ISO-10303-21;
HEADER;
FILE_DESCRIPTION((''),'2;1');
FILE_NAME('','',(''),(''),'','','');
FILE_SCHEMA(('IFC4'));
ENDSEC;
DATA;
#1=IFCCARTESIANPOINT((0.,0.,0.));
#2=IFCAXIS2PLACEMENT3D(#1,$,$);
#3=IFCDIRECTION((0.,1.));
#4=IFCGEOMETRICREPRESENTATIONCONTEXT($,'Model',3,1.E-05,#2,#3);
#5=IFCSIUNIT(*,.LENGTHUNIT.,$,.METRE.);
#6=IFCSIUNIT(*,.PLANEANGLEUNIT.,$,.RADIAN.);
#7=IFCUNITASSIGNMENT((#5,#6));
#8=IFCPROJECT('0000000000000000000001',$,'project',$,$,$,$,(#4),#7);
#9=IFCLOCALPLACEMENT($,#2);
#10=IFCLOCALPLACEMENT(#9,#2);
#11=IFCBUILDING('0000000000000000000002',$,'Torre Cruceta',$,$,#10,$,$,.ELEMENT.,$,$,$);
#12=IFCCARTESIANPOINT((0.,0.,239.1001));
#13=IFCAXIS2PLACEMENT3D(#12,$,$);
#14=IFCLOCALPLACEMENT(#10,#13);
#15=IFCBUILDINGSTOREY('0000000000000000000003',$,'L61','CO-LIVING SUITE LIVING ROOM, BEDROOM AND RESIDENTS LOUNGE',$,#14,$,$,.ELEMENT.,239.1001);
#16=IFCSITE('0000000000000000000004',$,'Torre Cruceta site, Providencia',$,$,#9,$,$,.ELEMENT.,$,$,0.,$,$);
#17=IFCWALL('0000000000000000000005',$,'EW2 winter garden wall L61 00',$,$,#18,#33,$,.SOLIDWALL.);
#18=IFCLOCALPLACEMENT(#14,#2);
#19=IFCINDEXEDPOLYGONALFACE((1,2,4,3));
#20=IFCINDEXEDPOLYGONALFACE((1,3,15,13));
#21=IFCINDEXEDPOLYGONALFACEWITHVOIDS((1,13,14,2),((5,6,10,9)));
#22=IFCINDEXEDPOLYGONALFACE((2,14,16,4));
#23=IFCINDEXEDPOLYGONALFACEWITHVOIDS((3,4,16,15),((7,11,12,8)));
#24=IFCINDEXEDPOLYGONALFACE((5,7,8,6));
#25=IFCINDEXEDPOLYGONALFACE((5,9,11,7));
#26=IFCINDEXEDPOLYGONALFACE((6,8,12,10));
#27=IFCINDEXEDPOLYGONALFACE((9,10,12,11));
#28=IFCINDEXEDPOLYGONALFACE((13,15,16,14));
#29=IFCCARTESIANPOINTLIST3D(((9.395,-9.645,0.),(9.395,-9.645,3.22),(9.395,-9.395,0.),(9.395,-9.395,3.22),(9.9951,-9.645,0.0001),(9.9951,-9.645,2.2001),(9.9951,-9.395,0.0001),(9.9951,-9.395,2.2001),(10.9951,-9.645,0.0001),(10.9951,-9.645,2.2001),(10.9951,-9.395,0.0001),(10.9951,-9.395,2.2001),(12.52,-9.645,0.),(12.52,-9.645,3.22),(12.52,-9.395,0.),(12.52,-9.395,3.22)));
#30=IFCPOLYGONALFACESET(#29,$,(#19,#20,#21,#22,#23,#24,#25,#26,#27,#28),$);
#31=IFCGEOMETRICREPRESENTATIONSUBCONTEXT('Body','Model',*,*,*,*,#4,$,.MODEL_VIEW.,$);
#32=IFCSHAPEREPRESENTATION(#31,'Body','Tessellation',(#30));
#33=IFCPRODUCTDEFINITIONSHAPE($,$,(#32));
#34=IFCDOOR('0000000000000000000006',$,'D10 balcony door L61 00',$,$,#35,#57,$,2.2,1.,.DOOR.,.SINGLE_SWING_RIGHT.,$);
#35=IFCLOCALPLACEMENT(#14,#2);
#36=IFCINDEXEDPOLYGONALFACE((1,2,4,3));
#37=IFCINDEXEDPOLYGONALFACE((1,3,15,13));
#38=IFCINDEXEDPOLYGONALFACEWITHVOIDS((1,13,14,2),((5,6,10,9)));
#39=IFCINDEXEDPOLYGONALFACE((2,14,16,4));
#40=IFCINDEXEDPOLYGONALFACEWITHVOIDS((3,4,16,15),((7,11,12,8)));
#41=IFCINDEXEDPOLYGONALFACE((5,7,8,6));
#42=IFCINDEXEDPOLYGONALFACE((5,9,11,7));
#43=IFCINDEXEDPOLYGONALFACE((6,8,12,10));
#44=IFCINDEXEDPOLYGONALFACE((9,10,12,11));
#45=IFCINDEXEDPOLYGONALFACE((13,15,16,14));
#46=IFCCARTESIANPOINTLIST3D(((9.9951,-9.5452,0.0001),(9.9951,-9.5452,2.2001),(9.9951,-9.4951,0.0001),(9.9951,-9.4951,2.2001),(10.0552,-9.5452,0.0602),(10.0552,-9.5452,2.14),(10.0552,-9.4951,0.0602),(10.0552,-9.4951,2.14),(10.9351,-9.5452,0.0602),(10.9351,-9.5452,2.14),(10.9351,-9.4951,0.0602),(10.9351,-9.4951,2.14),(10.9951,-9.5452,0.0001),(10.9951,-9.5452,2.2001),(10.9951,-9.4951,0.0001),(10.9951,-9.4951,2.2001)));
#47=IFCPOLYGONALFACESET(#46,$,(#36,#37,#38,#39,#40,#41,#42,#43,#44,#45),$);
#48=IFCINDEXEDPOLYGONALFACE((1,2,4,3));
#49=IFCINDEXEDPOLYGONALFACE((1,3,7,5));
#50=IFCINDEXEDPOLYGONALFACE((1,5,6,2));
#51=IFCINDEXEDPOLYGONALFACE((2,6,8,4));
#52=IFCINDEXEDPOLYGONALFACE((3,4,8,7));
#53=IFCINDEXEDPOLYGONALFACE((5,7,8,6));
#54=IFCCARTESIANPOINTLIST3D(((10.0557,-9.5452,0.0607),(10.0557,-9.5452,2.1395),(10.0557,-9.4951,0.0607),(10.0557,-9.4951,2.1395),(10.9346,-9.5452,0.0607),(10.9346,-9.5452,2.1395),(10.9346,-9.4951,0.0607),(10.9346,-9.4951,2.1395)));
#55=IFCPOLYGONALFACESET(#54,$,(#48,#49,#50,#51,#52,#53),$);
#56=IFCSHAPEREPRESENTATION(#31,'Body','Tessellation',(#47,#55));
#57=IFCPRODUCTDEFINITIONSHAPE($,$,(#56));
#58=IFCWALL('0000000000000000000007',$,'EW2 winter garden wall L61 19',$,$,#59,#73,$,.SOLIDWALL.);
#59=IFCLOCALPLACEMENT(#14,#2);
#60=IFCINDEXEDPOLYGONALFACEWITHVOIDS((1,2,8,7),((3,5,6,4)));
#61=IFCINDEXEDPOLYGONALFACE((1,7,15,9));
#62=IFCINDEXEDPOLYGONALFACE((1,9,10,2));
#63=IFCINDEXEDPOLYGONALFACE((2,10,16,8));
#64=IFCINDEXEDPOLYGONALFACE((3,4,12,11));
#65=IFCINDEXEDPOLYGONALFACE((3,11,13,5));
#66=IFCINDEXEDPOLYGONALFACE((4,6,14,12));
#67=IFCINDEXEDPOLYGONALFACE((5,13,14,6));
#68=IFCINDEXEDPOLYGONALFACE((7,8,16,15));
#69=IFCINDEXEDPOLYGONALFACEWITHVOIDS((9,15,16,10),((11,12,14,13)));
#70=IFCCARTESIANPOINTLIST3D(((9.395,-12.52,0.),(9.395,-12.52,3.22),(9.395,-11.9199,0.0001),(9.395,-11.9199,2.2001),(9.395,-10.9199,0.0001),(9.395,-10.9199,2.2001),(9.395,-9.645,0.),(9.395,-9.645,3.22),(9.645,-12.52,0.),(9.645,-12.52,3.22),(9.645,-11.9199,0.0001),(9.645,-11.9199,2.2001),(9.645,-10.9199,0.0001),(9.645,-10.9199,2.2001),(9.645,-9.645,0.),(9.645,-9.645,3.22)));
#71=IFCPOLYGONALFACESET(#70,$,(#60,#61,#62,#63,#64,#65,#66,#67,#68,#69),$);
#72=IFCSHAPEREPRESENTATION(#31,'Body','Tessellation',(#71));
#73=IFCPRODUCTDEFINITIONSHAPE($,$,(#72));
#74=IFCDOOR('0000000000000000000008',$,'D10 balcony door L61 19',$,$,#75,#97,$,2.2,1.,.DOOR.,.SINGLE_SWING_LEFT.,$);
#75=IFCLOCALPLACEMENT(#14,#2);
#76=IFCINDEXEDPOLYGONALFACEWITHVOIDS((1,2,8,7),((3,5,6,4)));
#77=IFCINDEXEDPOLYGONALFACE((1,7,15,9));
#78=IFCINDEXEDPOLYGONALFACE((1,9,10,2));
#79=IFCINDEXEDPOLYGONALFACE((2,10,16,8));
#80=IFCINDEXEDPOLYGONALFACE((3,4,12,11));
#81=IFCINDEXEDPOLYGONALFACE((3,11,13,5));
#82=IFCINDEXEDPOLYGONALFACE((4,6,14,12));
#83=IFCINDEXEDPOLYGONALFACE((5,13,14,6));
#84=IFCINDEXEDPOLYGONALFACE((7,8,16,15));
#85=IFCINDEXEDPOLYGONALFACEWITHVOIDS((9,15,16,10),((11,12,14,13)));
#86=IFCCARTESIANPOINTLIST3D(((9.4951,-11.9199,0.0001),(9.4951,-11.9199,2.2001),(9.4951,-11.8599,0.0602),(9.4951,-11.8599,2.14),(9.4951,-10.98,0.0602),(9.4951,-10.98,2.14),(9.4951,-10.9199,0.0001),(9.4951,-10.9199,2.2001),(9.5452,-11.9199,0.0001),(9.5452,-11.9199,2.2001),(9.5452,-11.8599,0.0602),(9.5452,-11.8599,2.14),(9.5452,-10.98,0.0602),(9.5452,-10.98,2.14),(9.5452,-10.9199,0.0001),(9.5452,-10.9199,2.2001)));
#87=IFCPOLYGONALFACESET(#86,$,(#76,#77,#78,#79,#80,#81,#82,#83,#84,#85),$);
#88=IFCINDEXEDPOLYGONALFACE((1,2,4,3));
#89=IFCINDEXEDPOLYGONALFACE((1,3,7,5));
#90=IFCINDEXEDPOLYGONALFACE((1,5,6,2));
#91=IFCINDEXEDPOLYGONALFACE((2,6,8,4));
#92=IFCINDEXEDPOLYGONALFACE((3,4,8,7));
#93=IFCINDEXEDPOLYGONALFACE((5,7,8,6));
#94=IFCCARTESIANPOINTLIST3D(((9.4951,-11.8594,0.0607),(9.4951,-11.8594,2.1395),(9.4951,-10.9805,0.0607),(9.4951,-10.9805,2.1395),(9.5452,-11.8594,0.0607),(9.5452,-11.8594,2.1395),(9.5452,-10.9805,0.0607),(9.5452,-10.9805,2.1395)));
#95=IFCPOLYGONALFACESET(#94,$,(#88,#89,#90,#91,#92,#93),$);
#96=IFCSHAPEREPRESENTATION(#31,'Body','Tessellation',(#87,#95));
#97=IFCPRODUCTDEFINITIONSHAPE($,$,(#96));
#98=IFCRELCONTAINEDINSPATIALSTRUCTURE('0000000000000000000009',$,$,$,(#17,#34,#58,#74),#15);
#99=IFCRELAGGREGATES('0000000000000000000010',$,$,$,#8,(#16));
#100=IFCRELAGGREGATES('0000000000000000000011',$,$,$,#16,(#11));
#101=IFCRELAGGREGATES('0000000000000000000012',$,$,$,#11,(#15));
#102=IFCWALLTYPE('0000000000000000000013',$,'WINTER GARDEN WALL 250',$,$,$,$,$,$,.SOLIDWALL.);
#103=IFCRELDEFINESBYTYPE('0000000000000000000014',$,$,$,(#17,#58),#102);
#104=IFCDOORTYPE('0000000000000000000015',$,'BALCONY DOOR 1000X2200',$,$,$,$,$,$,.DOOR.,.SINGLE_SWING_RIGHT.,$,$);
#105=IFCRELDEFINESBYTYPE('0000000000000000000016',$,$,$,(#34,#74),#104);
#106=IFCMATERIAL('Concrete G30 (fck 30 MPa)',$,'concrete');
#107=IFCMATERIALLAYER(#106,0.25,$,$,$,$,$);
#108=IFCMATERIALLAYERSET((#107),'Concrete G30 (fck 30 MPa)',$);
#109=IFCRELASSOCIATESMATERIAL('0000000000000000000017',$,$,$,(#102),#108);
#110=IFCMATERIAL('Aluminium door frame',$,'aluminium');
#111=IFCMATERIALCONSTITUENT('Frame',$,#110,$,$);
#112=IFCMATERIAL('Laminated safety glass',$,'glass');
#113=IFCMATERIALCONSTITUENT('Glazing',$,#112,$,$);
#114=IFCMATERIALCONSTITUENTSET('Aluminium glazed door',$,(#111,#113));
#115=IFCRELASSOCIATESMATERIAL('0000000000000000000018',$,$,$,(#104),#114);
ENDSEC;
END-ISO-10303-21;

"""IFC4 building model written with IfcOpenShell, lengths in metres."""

from ifc_helpers import new_model, si_unit, direction, frame, frame_2d, origin, place, context, subcontext, project, spatial, rectangle, hollow_rectangle, extrude, material, layer, layer_set, constituent, constituent_set, type_object, element, fill, save


model = new_model("IFC4")

# Units and contexts
model_context = context("Model", 3, precision=1e-05, world=origin(), true_north=direction((0.0, 1.0)))
body_context = subcontext(model_context, "Body", "Model", "MODEL_VIEW")
ifc_project = project(units=[si_unit("LENGTHUNIT", "METRE"), si_unit("PLANEANGLEUNIT", "RADIAN")], contexts=[model_context])

# Site, building, storey
site_placement = place(None, origin())
site = spatial("IfcSite", under=ifc_project, at=site_placement, Name="Torre Cruceta site, Providencia", CompositionType="ELEMENT", RefElevation=0.0)
building_placement = place(site_placement, origin())
building = spatial("IfcBuilding", under=site, at=building_placement, Name="Torre Cruceta", CompositionType="ELEMENT")
storey_placement = place(building_placement, frame((0.0, 0.0, 239.1001)))
storey = spatial("IfcBuildingStorey", under=building, at=storey_placement, Name="L61", Description="CO-LIVING SUITE LIVING ROOM, BEDROOM AND RESIDENTS LOUNGE", CompositionType="ELEMENT", Elevation=239.1001)

# Walls, openings, doors
ifc_material_1 = material(Name="Concrete G30 (fck 30 MPa)", Category="concrete")
ifc_layer_1 = layer(ifc_material_1, 0.25)
ifc_layer_set_1 = layer_set([ifc_layer_1], Name="Concrete G30 (fck 30 MPa)")
wall_type_1 = type_object("IfcWallType", Name="WINTER GARDEN WALL 250", PredefinedType="SOLIDWALL", material=ifc_layer_set_1)
wall_1_placement = place(storey_placement, frame((9.395, -9.52, 0.0), z_axis=(0.0, 0.0, 1.0), x_axis=(1.0, 0.0, 0.0)))
wall_1 = element("IfcWall", 1, at=wall_1_placement, inside=storey, type_object=wall_type_1, Name="EW2 winter garden wall L61 00", PredefinedType="SOLIDWALL", context=body_context, shape_type="SweptSolid", body=[
    extrude(rectangle(XDim=3.125, YDim=0.25, at=frame_2d((1.5625, 0.0))), origin(), (0.0, 0.0, 1.0), 3.22),
])
opening_1_placement = place(wall_1_placement, frame((0.6001, 0.0, 0.0)))
opening_1 = element("IfcOpeningElement", 2, at=opening_1_placement, cuts=wall_1, PredefinedType="OPENING", context=body_context, shape_type="SweptSolid", body=[
    extrude(rectangle(XDim=1.0, YDim=2.2, at=frame_2d((0.5, 1.1001))), frame((0.0, 0.135, 0.0), z_axis=(0.0, -1.0, 0.0), x_axis=(1.0, 0.0, 0.0)), (0.0, 0.0, 1.0), 0.27),
])
ifc_material_2 = material(Name="Aluminium door frame", Category="aluminium")
ifc_constituent_1 = constituent(ifc_material_2, Name="Frame")
ifc_material_3 = material(Name="Laminated safety glass", Category="glass")
ifc_constituent_2 = constituent(ifc_material_3, Name="Glazing")
ifc_constituent_set_1 = constituent_set(constituents=[ifc_constituent_1, ifc_constituent_2], Name="Aluminium glazed door")
door_type_1 = type_object("IfcDoorType", Name="BALCONY DOOR 1000X2200", OperationType="SINGLE_SWING_RIGHT", PredefinedType="DOOR", material=ifc_constituent_set_1)
door_1_placement = place(opening_1_placement, origin())
door_1 = element("IfcDoor", 3, at=door_1_placement, inside=storey, type_object=door_type_1, Name="D10 balcony door L61 00", OperationType="SINGLE_SWING_RIGHT", OverallHeight=2.2, OverallWidth=1.0, PredefinedType="DOOR", context=body_context, shape_type="SweptSolid", body=[
    extrude(hollow_rectangle(XDim=1.0, YDim=2.2, WallThickness=0.0601, at=frame_2d((0.5, 1.1001))), frame((0.0, 0.0249, 0.0), z_axis=(0.0, -1.0, 0.0), x_axis=(1.0, 0.0, 0.0)), (0.0, 0.0, 1.0), 0.05),
    extrude(rectangle(XDim=0.8789, YDim=2.0789, at=frame_2d((0.5, 1.1001))), frame((0.0, 0.0249, 0.0), z_axis=(0.0, -1.0, 0.0), x_axis=(1.0, 0.0, 0.0)), (0.0, 0.0, 1.0), 0.05),
])
fill(opening_1, door_1)
wall_2_placement = place(storey_placement, frame((9.52, -12.52, 0.0), z_axis=(0.0, 0.0, 1.0), x_axis=(0.0, 1.0, 0.0)))
wall_2 = element("IfcWall", 4, at=wall_2_placement, inside=storey, type_object=wall_type_1, Name="EW2 winter garden wall L61 19", PredefinedType="SOLIDWALL", context=body_context, shape_type="SweptSolid", body=[
    extrude(rectangle(XDim=2.875, YDim=0.25, at=frame_2d((1.4375, 0.0))), origin(), (0.0, 0.0, 1.0), 3.22),
])
opening_2_placement = place(wall_2_placement, frame((0.6001, 0.0, 0.0)))
opening_2 = element("IfcOpeningElement", 5, at=opening_2_placement, cuts=wall_2, PredefinedType="OPENING", context=body_context, shape_type="SweptSolid", body=[
    extrude(rectangle(XDim=1.0, YDim=2.2, at=frame_2d((0.5, 1.1001))), frame((0.0, 0.135, 0.0), z_axis=(0.0, -1.0, 0.0), x_axis=(1.0, 0.0, 0.0)), (0.0, 0.0, 1.0), 0.27),
])
door_2_placement = place(opening_2_placement, origin())
door_2 = element("IfcDoor", 6, at=door_2_placement, inside=storey, type_object=door_type_1, Name="D10 balcony door L61 19", OperationType="SINGLE_SWING_LEFT", OverallHeight=2.2, OverallWidth=1.0, PredefinedType="DOOR", context=body_context, shape_type="SweptSolid", body=[
    extrude(hollow_rectangle(XDim=1.0, YDim=2.2, WallThickness=0.0601, at=frame_2d((0.5, 1.1001))), frame((0.0, 0.0249, 0.0), z_axis=(0.0, -1.0, 0.0), x_axis=(1.0, 0.0, 0.0)), (0.0, 0.0, 1.0), 0.05),
    extrude(rectangle(XDim=0.8789, YDim=2.0789, at=frame_2d((0.5, 1.1001))), frame((0.0, 0.0249, 0.0), z_axis=(0.0, -1.0, 0.0), x_axis=(1.0, 0.0, 0.0)), (0.0, 0.0, 1.0), 0.05),
])
fill(opening_2, door_2)

save(model, "model.ifc")
